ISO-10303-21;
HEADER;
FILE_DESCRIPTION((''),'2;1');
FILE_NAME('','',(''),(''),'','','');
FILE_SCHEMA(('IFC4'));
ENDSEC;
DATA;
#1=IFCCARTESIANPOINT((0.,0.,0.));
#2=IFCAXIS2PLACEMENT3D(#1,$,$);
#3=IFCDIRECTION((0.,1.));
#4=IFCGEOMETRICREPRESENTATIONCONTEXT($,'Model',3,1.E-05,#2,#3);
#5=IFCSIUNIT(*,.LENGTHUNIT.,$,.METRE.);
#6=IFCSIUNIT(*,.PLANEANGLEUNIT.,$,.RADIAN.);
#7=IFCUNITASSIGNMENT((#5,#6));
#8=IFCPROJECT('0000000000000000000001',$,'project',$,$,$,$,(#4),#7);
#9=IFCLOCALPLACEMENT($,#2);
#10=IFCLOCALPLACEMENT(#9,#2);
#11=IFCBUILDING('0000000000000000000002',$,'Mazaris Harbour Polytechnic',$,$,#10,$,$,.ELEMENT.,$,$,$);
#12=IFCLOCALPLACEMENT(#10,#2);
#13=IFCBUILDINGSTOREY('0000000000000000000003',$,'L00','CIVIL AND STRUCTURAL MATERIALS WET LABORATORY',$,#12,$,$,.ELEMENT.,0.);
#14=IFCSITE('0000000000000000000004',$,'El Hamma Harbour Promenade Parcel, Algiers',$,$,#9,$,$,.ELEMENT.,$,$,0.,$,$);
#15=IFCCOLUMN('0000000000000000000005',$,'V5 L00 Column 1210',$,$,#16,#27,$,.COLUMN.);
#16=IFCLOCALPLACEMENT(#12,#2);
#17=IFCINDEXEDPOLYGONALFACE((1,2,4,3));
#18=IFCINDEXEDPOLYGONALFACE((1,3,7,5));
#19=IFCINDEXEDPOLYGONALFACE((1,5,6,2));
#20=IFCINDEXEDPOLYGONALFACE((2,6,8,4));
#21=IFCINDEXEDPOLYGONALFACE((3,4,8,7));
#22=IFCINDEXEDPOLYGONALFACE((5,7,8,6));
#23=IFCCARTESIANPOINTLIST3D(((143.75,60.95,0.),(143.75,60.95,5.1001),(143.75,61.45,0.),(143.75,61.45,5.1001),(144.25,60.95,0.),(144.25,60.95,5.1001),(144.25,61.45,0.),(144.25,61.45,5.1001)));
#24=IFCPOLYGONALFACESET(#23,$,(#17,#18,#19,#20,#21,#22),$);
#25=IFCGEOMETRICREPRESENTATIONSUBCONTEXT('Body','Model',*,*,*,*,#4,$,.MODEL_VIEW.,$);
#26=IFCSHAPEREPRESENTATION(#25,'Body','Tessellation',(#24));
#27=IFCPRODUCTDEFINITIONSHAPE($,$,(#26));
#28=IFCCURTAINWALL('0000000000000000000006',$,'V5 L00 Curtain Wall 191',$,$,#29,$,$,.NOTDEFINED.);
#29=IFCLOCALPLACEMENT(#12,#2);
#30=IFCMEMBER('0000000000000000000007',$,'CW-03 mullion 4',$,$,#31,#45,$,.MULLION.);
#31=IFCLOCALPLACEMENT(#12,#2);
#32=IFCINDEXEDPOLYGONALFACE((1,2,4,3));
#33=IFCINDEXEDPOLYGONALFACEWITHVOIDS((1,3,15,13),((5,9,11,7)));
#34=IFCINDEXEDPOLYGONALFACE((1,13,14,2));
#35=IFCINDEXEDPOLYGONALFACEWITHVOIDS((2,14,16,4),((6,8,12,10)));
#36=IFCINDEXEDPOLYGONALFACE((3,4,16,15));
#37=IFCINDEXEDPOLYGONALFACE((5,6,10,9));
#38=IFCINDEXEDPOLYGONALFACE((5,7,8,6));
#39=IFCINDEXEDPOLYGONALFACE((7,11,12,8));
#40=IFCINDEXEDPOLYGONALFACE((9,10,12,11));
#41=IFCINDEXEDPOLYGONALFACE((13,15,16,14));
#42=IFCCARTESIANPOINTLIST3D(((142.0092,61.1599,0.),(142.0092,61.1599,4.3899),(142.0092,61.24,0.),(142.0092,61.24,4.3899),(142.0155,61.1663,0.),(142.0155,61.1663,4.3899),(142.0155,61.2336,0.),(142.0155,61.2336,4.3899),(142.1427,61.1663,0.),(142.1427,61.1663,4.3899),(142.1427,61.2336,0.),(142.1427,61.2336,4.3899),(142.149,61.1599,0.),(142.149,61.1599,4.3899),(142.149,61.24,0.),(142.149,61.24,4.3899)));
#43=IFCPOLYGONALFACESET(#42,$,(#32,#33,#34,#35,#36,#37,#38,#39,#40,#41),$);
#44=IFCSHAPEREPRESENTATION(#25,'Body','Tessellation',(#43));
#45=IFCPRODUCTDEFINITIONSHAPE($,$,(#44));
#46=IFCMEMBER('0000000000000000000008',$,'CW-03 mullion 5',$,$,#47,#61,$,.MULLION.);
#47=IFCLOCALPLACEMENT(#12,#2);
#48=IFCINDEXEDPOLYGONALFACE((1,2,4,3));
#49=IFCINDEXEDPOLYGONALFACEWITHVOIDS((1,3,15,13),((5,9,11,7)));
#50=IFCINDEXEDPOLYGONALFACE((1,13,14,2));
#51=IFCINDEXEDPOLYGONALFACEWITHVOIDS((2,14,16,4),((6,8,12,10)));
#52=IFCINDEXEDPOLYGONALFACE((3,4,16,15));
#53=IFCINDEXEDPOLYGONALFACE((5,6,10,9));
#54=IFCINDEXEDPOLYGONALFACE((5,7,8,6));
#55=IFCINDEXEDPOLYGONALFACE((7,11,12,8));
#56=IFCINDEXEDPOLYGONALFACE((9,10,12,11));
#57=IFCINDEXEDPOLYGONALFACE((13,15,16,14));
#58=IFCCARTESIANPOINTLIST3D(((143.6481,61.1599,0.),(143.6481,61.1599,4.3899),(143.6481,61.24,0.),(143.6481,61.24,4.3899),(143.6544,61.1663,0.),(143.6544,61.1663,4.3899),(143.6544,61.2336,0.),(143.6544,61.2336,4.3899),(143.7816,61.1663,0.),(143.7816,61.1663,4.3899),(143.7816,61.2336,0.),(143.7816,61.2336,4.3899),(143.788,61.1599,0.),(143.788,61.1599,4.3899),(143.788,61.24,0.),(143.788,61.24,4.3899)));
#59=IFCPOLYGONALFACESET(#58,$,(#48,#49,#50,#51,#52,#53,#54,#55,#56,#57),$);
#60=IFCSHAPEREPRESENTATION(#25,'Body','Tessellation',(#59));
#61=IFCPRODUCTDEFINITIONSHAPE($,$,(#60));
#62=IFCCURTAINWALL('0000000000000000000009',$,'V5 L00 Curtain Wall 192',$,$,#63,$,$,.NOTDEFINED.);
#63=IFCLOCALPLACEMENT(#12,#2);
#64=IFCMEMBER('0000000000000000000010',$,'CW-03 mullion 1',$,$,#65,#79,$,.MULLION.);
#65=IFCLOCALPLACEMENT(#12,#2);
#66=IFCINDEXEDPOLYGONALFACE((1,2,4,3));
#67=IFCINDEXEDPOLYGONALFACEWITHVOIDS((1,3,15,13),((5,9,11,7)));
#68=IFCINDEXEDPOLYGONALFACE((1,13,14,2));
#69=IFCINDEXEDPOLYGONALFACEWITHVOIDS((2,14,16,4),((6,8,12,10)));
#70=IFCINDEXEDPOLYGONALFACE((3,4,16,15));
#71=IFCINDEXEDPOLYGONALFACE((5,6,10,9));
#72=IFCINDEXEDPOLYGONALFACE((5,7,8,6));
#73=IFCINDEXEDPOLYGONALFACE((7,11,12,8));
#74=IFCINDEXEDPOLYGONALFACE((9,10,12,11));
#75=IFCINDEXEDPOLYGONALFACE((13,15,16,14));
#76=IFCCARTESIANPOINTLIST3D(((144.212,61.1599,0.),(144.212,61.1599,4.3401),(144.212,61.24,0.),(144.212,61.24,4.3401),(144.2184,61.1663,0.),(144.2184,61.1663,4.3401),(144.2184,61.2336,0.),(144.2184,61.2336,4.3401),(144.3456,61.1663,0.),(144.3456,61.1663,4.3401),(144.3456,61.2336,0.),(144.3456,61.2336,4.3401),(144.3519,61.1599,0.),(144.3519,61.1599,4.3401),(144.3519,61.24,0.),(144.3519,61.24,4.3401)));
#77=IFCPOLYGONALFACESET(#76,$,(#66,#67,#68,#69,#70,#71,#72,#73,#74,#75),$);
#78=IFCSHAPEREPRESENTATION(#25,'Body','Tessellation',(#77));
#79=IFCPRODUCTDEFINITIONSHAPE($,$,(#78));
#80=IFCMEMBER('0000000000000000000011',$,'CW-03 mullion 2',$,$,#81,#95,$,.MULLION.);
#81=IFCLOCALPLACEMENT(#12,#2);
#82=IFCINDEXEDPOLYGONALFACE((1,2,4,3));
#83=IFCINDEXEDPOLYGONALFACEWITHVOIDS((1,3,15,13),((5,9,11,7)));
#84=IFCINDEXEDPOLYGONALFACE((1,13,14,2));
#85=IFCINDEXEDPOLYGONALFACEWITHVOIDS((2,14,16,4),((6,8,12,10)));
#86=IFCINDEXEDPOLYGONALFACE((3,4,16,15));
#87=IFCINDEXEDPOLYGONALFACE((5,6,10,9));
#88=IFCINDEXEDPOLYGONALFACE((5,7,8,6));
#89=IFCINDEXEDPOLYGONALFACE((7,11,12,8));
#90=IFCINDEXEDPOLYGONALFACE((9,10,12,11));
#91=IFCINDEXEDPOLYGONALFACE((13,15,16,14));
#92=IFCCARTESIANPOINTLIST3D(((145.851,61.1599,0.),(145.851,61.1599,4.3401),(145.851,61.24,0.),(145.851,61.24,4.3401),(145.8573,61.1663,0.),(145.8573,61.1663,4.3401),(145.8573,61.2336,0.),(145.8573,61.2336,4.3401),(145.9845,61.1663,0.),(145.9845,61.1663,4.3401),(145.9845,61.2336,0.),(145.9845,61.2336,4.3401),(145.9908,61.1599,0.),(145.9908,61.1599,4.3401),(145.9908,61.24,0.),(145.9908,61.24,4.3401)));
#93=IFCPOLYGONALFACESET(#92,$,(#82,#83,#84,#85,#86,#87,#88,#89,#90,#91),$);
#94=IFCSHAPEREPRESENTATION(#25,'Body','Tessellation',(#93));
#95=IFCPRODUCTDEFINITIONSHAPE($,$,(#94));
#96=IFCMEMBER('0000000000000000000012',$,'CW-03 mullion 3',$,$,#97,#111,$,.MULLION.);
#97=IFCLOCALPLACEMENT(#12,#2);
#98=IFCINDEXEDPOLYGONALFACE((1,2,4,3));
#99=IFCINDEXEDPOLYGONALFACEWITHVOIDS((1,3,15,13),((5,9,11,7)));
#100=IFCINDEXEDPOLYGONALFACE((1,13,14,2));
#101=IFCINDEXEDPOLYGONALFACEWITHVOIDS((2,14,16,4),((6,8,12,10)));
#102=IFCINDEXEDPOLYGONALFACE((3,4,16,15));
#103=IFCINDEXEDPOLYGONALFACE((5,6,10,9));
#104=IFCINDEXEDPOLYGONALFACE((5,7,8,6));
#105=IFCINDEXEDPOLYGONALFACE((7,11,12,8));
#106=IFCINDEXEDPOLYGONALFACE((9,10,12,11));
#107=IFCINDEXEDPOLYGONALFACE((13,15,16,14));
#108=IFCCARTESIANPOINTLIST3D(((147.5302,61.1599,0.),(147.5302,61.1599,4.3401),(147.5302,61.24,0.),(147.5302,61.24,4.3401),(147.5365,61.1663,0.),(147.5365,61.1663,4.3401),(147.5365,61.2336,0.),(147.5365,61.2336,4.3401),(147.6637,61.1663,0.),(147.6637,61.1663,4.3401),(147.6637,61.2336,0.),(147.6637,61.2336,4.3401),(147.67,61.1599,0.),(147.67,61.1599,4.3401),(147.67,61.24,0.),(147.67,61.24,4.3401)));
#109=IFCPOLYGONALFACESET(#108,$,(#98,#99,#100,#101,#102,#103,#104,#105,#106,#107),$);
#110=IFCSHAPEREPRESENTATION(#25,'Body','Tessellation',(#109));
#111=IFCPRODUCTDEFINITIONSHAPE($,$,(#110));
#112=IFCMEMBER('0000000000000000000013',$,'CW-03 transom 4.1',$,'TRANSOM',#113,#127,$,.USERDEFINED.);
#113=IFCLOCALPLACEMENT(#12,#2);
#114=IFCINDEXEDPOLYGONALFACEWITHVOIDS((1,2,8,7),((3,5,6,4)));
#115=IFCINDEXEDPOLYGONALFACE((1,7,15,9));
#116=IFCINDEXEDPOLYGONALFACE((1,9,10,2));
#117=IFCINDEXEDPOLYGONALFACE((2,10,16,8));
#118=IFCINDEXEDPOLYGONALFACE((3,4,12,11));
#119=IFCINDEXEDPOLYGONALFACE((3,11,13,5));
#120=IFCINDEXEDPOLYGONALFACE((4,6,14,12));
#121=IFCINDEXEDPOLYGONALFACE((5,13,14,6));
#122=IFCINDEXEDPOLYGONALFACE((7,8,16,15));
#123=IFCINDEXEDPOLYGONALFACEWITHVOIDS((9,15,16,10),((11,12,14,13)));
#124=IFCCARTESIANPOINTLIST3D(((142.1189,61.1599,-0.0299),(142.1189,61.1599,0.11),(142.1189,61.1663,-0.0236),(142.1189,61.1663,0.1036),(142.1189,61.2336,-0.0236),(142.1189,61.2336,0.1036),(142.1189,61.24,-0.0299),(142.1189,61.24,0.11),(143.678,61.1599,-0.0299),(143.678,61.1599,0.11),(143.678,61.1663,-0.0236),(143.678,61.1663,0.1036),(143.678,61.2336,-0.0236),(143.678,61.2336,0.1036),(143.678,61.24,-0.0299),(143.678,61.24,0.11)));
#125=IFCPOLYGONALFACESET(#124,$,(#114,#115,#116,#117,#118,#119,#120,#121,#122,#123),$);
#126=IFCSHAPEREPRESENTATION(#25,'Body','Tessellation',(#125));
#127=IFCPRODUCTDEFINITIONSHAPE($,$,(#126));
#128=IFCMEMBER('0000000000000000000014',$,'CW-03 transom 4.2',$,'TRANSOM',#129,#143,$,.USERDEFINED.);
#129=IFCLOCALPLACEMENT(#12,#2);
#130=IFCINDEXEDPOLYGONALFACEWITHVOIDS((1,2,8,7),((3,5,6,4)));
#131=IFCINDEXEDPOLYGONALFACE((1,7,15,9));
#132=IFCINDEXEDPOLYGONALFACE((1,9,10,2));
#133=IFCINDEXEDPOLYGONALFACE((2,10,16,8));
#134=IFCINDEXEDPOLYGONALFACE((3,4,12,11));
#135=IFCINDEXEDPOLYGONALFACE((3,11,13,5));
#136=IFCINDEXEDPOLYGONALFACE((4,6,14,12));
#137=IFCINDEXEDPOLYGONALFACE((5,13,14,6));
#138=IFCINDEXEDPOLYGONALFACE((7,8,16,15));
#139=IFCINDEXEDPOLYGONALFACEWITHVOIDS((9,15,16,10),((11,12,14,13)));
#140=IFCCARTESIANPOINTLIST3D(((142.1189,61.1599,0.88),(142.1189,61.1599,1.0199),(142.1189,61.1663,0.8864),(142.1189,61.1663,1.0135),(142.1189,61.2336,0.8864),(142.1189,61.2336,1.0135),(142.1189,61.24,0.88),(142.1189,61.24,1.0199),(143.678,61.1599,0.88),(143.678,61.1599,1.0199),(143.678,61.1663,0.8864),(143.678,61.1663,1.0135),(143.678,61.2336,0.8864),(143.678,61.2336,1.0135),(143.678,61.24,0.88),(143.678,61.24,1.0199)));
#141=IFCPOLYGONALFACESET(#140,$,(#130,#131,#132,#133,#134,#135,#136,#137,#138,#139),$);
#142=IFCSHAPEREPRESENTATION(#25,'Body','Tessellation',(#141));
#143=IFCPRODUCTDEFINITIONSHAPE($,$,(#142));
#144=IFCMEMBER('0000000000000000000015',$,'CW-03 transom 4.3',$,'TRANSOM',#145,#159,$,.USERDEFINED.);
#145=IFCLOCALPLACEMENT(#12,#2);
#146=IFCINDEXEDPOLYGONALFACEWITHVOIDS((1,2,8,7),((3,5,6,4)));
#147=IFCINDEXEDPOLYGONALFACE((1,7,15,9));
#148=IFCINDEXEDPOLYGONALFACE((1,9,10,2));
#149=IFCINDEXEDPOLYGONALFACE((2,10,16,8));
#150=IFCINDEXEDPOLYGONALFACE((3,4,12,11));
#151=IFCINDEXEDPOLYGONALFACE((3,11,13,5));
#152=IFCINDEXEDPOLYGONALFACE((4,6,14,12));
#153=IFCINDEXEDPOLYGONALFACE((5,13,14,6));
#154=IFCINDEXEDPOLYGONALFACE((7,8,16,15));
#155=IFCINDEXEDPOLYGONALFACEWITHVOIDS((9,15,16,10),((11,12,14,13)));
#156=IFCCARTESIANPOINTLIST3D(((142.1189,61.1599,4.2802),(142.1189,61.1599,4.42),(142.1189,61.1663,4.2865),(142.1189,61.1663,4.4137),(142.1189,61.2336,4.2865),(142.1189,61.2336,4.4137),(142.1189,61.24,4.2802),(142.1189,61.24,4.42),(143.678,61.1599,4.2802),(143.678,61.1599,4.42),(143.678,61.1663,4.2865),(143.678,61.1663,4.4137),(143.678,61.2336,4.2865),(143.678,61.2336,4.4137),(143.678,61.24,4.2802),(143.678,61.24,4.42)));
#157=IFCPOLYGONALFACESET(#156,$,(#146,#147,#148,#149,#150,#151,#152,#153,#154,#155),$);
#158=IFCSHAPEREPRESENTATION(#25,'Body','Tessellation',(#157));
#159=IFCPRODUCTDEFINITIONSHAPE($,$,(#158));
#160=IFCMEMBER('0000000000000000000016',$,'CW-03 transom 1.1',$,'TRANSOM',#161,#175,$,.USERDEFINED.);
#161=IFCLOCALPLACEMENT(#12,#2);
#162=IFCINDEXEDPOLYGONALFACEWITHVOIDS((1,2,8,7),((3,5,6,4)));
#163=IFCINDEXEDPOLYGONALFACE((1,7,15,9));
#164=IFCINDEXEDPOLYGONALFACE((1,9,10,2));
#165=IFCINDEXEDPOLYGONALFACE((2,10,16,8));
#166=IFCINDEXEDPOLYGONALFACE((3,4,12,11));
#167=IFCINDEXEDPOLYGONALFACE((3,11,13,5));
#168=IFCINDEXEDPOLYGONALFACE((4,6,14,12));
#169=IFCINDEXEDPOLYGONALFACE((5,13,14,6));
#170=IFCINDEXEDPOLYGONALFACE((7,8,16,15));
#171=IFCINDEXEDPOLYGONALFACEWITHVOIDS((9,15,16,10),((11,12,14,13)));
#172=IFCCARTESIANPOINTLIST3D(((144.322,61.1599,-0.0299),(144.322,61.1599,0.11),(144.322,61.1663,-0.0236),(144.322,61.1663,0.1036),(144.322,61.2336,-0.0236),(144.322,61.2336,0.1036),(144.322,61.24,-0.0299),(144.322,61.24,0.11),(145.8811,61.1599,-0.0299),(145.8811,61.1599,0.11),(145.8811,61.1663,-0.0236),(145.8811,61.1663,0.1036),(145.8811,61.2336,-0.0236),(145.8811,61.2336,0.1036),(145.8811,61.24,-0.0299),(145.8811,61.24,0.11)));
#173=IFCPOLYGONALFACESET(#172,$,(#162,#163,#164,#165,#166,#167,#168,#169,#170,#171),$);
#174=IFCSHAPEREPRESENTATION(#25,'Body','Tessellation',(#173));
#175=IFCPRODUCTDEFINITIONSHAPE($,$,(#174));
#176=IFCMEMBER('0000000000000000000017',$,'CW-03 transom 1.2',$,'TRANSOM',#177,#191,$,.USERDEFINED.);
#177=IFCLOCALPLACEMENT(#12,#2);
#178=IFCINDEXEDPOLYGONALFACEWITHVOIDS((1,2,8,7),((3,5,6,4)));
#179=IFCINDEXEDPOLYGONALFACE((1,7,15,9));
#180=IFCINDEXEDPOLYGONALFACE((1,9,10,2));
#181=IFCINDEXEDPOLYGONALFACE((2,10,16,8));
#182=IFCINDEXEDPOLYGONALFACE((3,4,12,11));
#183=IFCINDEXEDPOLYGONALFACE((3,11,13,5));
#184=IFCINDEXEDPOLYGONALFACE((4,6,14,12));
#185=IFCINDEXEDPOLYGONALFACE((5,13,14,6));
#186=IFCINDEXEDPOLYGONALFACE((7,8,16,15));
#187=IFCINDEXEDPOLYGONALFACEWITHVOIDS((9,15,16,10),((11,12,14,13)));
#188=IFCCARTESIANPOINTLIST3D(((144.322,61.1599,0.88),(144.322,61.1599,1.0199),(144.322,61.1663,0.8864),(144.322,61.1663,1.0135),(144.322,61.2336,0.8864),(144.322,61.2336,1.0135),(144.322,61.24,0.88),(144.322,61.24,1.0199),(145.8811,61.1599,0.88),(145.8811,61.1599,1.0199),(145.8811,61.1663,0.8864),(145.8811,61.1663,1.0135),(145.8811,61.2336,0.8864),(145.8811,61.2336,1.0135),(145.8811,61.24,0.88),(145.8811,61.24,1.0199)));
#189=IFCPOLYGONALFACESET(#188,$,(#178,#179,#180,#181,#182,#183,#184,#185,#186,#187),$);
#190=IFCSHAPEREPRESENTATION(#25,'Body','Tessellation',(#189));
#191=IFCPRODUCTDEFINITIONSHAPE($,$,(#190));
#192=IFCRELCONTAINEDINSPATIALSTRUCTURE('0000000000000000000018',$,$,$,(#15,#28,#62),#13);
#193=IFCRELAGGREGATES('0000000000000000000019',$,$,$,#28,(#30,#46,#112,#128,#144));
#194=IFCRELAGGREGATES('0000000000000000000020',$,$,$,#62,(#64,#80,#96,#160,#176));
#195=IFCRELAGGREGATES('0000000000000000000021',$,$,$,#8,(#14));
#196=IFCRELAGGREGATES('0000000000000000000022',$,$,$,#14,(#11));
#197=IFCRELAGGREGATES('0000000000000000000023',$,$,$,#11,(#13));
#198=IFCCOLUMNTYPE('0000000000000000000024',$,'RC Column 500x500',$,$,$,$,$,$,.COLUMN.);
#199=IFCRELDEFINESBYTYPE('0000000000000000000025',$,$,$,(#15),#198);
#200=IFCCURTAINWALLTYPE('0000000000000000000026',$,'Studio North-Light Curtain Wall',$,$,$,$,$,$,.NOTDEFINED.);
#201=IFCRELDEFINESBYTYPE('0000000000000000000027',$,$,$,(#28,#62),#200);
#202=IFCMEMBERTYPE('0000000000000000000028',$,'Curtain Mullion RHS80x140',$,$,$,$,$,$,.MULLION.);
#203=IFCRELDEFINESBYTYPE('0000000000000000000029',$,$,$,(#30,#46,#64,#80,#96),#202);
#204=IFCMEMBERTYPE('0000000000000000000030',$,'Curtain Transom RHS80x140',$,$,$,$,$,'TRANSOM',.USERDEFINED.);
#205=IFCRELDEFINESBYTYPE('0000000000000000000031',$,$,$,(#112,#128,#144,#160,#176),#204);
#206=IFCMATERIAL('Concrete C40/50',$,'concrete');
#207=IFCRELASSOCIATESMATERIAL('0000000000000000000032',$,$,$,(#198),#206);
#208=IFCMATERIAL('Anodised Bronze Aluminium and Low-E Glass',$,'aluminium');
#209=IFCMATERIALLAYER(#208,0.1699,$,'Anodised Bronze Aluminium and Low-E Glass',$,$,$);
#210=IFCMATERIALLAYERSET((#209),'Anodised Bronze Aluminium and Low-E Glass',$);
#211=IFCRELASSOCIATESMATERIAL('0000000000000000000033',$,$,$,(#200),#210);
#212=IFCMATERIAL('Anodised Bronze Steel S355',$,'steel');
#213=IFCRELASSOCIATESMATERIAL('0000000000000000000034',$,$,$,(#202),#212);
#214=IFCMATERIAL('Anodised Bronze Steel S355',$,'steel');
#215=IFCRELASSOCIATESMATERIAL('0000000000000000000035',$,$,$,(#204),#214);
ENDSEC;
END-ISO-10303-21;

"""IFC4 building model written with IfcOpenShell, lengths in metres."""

from ifc_helpers import new_model, si_unit, direction, frame, origin, origin_2d, place, context, subcontext, project, spatial, rectangle, hollow_rectangle, extrude, material, layer, layer_set, material_profile, profile_set, type_object, element, aggregate, save


model = new_model("IFC4")

# Units and contexts
model_context = context("Model", 3, precision=1e-05, world=origin(), true_north=direction((0.0, 1.0)))
body_context = subcontext(model_context, "Body", "Model", "MODEL_VIEW")
ifc_project = project(units=[si_unit("LENGTHUNIT", "METRE"), si_unit("PLANEANGLEUNIT", "RADIAN")], contexts=[model_context])

# Site, building, storey
site_placement = place(None, origin())
site = spatial("IfcSite", under=ifc_project, at=site_placement, Name="El Hamma Harbour Promenade Parcel, Algiers", CompositionType="ELEMENT", RefElevation=0.0)
building_placement = place(site_placement, origin())
building = spatial("IfcBuilding", under=site, at=building_placement, Name="Mazaris Harbour Polytechnic", CompositionType="ELEMENT")
storey_placement = place(building_placement, origin())
storey = spatial("IfcBuildingStorey", under=building, at=storey_placement, Name="L00", Description="CIVIL AND STRUCTURAL MATERIALS WET LABORATORY", CompositionType="ELEMENT", Elevation=0.0)

# Column
ifc_material_1 = material(Name="Concrete C40/50", Category="concrete")
ifc_material_profile_1 = material_profile(ifc_material_1, rectangle(XDim=0.5, YDim=0.5, at=origin_2d()), Name="RECT500x500")
ifc_profile_set_1 = profile_set([ifc_material_profile_1], Name="Concrete C40/50")
column_type = type_object("IfcColumnType", Name="RC Column 500x500", PredefinedType="COLUMN", material=ifc_profile_set_1)
column_placement = place(storey_placement, frame((144.0, 61.2, 0.0), z_axis=(0.0, 0.0, 1.0), x_axis=(1.0, 0.0, 0.0)))
element("IfcColumn", 1, at=column_placement, inside=storey, type_object=column_type, Name="V5 L00 Column 1210", PredefinedType="COLUMN", context=body_context, shape_type="SweptSolid", body=[
    extrude(rectangle(XDim=0.5, YDim=0.5, at=origin_2d()), origin(), (0.0, 0.0, 1.0), 5.1001),
])

# Curtain walls, members
ifc_material_2 = material(Name="Anodised Bronze Aluminium and Low-E Glass", Category="aluminium")
ifc_layer_1 = layer(ifc_material_2, 0.1699, Name="Anodised Bronze Aluminium and Low-E Glass")
ifc_layer_set_1 = layer_set([ifc_layer_1], Name="Anodised Bronze Aluminium and Low-E Glass")
curtain_wall_type = type_object("IfcCurtainWallType", Name="Studio North-Light Curtain Wall", PredefinedType="NOTDEFINED", material=ifc_layer_set_1)
curtain_wall_1_placement = place(storey_placement, origin())
curtain_wall_1 = element("IfcCurtainWall", 2, at=curtain_wall_1_placement, inside=storey, type_object=curtain_wall_type, Name="V5 L00 Curtain Wall 191", PredefinedType="NOTDEFINED")
ifc_material_3 = material(Name="Anodised Bronze Steel S355", Category="steel")
ifc_material_profile_2 = material_profile(ifc_material_3, hollow_rectangle(XDim=0.0801, YDim=0.1399, WallThickness=0.0063, at=origin_2d()), Name="RHS 80x140x6.3")
ifc_profile_set_2 = profile_set([ifc_material_profile_2], Name="Anodised Bronze Steel S355")
member_type_1 = type_object("IfcMemberType", Name="Curtain Mullion RHS80x140", PredefinedType="MULLION", material=ifc_profile_set_2)
member_1_placement = place(storey_placement, frame((142.0791, 61.2, 0.0), z_axis=(0.0, 0.0, 1.0), x_axis=(0.0, 1.0, 0.0)))
member_1 = element("IfcMember", 3, at=member_1_placement, type_object=member_type_1, Name="CW-03 mullion 4", PredefinedType="MULLION", context=body_context, shape_type="SweptSolid", body=[
    extrude(hollow_rectangle(XDim=0.0801, YDim=0.1399, WallThickness=0.0063, at=origin_2d()), origin(), (0.0, 0.0, 1.0), 4.3899),
])
member_2_placement = place(storey_placement, frame((143.718, 61.2, 0.0), z_axis=(0.0, 0.0, 1.0), x_axis=(0.0, 1.0, 0.0)))
member_2 = element("IfcMember", 4, at=member_2_placement, type_object=member_type_1, Name="CW-03 mullion 5", PredefinedType="MULLION", context=body_context, shape_type="SweptSolid", body=[
    extrude(hollow_rectangle(XDim=0.0801, YDim=0.1399, WallThickness=0.0063, at=origin_2d()), origin(), (0.0, 0.0, 1.0), 4.3899),
])
curtain_wall_2_placement = place(storey_placement, origin())
curtain_wall_2 = element("IfcCurtainWall", 5, at=curtain_wall_2_placement, inside=storey, type_object=curtain_wall_type, Name="V5 L00 Curtain Wall 192", PredefinedType="NOTDEFINED")
member_3_placement = place(storey_placement, frame((144.282, 61.2, 0.0), z_axis=(0.0, 0.0, 1.0), x_axis=(0.0, 1.0, 0.0)))
member_3 = element("IfcMember", 6, at=member_3_placement, type_object=member_type_1, Name="CW-03 mullion 1", PredefinedType="MULLION", context=body_context, shape_type="SweptSolid", body=[
    extrude(hollow_rectangle(XDim=0.0801, YDim=0.1399, WallThickness=0.0063, at=origin_2d()), origin(), (0.0, 0.0, 1.0), 4.3401),
])
member_4_placement = place(storey_placement, frame((145.9209, 61.2, 0.0), z_axis=(0.0, 0.0, 1.0), x_axis=(0.0, 1.0, 0.0)))
member_4 = element("IfcMember", 7, at=member_4_placement, type_object=member_type_1, Name="CW-03 mullion 2", PredefinedType="MULLION", context=body_context, shape_type="SweptSolid", body=[
    extrude(hollow_rectangle(XDim=0.0801, YDim=0.1399, WallThickness=0.0063, at=origin_2d()), origin(), (0.0, 0.0, 1.0), 4.3401),
])
member_5_placement = place(storey_placement, frame((147.6001, 61.2, 0.0), z_axis=(0.0, 0.0, 1.0), x_axis=(0.0, 1.0, 0.0)))
member_5 = element("IfcMember", 8, at=member_5_placement, type_object=member_type_1, Name="CW-03 mullion 3", PredefinedType="MULLION", context=body_context, shape_type="SweptSolid", body=[
    extrude(hollow_rectangle(XDim=0.0801, YDim=0.1399, WallThickness=0.0063, at=origin_2d()), origin(), (0.0, 0.0, 1.0), 4.3401),
])

# Members
ifc_material_4 = material(Name="Anodised Bronze Steel S355", Category="steel")
ifc_material_profile_3 = material_profile(ifc_material_4, hollow_rectangle(XDim=0.0801, YDim=0.1399, WallThickness=0.0063, at=origin_2d()), Name="RHS 80x140x6.3")
ifc_profile_set_3 = profile_set([ifc_material_profile_3], Name="Anodised Bronze Steel S355")
member_type_2 = type_object("IfcMemberType", Name="Curtain Transom RHS80x140", ElementType="TRANSOM", PredefinedType="USERDEFINED", material=ifc_profile_set_3)
member_6_placement = place(storey_placement, frame((142.1189, 61.2, 0.04), z_axis=(1.0, 0.0, 0.0), x_axis=(0.0, 1.0, 0.0)))
member_6 = element("IfcMember", 9, at=member_6_placement, type_object=member_type_2, Name="CW-03 transom 4.1", ObjectType="TRANSOM", PredefinedType="USERDEFINED", context=body_context, shape_type="SweptSolid", body=[
    extrude(hollow_rectangle(XDim=0.0801, YDim=0.1399, WallThickness=0.0063, at=origin_2d()), origin(), (0.0, 0.0, 1.0), 1.5591),
])
member_7_placement = place(storey_placement, frame((142.1189, 61.2, 0.95), z_axis=(1.0, 0.0, 0.0), x_axis=(0.0, 1.0, 0.0)))
member_7 = element("IfcMember", 10, at=member_7_placement, type_object=member_type_2, Name="CW-03 transom 4.2", ObjectType="TRANSOM", PredefinedType="USERDEFINED", context=body_context, shape_type="SweptSolid", body=[
    extrude(hollow_rectangle(XDim=0.0801, YDim=0.1399, WallThickness=0.0063, at=origin_2d()), origin(), (0.0, 0.0, 1.0), 1.5591),
])
member_8_placement = place(storey_placement, frame((142.1189, 61.2, 4.3501), z_axis=(1.0, 0.0, 0.0), x_axis=(0.0, 1.0, 0.0)))
member_8 = element("IfcMember", 11, at=member_8_placement, type_object=member_type_2, Name="CW-03 transom 4.3", ObjectType="TRANSOM", PredefinedType="USERDEFINED", context=body_context, shape_type="SweptSolid", body=[
    extrude(hollow_rectangle(XDim=0.0801, YDim=0.1399, WallThickness=0.0063, at=origin_2d()), origin(), (0.0, 0.0, 1.0), 1.5591),
])
member_9_placement = place(storey_placement, frame((144.322, 61.2, 0.04), z_axis=(1.0, 0.0, 0.0), x_axis=(0.0, 1.0, 0.0)))
member_9 = element("IfcMember", 12, at=member_9_placement, type_object=member_type_2, Name="CW-03 transom 1.1", ObjectType="TRANSOM", PredefinedType="USERDEFINED", context=body_context, shape_type="SweptSolid", body=[
    extrude(hollow_rectangle(XDim=0.0801, YDim=0.1399, WallThickness=0.0063, at=origin_2d()), origin(), (0.0, 0.0, 1.0), 1.5591),
])
member_10_placement = place(storey_placement, frame((144.322, 61.2, 0.95), z_axis=(1.0, 0.0, 0.0), x_axis=(0.0, 1.0, 0.0)))
member_10 = element("IfcMember", 13, at=member_10_placement, type_object=member_type_2, Name="CW-03 transom 1.2", ObjectType="TRANSOM", PredefinedType="USERDEFINED", context=body_context, shape_type="SweptSolid", body=[
    extrude(hollow_rectangle(XDim=0.0801, YDim=0.1399, WallThickness=0.0063, at=origin_2d()), origin(), (0.0, 0.0, 1.0), 1.5591),
])

aggregate(curtain_wall_1, [member_1, member_2, member_6, member_7, member_8])
aggregate(curtain_wall_2, [member_3, member_4, member_5, member_9, member_10])

save(model, "model.ifc")
